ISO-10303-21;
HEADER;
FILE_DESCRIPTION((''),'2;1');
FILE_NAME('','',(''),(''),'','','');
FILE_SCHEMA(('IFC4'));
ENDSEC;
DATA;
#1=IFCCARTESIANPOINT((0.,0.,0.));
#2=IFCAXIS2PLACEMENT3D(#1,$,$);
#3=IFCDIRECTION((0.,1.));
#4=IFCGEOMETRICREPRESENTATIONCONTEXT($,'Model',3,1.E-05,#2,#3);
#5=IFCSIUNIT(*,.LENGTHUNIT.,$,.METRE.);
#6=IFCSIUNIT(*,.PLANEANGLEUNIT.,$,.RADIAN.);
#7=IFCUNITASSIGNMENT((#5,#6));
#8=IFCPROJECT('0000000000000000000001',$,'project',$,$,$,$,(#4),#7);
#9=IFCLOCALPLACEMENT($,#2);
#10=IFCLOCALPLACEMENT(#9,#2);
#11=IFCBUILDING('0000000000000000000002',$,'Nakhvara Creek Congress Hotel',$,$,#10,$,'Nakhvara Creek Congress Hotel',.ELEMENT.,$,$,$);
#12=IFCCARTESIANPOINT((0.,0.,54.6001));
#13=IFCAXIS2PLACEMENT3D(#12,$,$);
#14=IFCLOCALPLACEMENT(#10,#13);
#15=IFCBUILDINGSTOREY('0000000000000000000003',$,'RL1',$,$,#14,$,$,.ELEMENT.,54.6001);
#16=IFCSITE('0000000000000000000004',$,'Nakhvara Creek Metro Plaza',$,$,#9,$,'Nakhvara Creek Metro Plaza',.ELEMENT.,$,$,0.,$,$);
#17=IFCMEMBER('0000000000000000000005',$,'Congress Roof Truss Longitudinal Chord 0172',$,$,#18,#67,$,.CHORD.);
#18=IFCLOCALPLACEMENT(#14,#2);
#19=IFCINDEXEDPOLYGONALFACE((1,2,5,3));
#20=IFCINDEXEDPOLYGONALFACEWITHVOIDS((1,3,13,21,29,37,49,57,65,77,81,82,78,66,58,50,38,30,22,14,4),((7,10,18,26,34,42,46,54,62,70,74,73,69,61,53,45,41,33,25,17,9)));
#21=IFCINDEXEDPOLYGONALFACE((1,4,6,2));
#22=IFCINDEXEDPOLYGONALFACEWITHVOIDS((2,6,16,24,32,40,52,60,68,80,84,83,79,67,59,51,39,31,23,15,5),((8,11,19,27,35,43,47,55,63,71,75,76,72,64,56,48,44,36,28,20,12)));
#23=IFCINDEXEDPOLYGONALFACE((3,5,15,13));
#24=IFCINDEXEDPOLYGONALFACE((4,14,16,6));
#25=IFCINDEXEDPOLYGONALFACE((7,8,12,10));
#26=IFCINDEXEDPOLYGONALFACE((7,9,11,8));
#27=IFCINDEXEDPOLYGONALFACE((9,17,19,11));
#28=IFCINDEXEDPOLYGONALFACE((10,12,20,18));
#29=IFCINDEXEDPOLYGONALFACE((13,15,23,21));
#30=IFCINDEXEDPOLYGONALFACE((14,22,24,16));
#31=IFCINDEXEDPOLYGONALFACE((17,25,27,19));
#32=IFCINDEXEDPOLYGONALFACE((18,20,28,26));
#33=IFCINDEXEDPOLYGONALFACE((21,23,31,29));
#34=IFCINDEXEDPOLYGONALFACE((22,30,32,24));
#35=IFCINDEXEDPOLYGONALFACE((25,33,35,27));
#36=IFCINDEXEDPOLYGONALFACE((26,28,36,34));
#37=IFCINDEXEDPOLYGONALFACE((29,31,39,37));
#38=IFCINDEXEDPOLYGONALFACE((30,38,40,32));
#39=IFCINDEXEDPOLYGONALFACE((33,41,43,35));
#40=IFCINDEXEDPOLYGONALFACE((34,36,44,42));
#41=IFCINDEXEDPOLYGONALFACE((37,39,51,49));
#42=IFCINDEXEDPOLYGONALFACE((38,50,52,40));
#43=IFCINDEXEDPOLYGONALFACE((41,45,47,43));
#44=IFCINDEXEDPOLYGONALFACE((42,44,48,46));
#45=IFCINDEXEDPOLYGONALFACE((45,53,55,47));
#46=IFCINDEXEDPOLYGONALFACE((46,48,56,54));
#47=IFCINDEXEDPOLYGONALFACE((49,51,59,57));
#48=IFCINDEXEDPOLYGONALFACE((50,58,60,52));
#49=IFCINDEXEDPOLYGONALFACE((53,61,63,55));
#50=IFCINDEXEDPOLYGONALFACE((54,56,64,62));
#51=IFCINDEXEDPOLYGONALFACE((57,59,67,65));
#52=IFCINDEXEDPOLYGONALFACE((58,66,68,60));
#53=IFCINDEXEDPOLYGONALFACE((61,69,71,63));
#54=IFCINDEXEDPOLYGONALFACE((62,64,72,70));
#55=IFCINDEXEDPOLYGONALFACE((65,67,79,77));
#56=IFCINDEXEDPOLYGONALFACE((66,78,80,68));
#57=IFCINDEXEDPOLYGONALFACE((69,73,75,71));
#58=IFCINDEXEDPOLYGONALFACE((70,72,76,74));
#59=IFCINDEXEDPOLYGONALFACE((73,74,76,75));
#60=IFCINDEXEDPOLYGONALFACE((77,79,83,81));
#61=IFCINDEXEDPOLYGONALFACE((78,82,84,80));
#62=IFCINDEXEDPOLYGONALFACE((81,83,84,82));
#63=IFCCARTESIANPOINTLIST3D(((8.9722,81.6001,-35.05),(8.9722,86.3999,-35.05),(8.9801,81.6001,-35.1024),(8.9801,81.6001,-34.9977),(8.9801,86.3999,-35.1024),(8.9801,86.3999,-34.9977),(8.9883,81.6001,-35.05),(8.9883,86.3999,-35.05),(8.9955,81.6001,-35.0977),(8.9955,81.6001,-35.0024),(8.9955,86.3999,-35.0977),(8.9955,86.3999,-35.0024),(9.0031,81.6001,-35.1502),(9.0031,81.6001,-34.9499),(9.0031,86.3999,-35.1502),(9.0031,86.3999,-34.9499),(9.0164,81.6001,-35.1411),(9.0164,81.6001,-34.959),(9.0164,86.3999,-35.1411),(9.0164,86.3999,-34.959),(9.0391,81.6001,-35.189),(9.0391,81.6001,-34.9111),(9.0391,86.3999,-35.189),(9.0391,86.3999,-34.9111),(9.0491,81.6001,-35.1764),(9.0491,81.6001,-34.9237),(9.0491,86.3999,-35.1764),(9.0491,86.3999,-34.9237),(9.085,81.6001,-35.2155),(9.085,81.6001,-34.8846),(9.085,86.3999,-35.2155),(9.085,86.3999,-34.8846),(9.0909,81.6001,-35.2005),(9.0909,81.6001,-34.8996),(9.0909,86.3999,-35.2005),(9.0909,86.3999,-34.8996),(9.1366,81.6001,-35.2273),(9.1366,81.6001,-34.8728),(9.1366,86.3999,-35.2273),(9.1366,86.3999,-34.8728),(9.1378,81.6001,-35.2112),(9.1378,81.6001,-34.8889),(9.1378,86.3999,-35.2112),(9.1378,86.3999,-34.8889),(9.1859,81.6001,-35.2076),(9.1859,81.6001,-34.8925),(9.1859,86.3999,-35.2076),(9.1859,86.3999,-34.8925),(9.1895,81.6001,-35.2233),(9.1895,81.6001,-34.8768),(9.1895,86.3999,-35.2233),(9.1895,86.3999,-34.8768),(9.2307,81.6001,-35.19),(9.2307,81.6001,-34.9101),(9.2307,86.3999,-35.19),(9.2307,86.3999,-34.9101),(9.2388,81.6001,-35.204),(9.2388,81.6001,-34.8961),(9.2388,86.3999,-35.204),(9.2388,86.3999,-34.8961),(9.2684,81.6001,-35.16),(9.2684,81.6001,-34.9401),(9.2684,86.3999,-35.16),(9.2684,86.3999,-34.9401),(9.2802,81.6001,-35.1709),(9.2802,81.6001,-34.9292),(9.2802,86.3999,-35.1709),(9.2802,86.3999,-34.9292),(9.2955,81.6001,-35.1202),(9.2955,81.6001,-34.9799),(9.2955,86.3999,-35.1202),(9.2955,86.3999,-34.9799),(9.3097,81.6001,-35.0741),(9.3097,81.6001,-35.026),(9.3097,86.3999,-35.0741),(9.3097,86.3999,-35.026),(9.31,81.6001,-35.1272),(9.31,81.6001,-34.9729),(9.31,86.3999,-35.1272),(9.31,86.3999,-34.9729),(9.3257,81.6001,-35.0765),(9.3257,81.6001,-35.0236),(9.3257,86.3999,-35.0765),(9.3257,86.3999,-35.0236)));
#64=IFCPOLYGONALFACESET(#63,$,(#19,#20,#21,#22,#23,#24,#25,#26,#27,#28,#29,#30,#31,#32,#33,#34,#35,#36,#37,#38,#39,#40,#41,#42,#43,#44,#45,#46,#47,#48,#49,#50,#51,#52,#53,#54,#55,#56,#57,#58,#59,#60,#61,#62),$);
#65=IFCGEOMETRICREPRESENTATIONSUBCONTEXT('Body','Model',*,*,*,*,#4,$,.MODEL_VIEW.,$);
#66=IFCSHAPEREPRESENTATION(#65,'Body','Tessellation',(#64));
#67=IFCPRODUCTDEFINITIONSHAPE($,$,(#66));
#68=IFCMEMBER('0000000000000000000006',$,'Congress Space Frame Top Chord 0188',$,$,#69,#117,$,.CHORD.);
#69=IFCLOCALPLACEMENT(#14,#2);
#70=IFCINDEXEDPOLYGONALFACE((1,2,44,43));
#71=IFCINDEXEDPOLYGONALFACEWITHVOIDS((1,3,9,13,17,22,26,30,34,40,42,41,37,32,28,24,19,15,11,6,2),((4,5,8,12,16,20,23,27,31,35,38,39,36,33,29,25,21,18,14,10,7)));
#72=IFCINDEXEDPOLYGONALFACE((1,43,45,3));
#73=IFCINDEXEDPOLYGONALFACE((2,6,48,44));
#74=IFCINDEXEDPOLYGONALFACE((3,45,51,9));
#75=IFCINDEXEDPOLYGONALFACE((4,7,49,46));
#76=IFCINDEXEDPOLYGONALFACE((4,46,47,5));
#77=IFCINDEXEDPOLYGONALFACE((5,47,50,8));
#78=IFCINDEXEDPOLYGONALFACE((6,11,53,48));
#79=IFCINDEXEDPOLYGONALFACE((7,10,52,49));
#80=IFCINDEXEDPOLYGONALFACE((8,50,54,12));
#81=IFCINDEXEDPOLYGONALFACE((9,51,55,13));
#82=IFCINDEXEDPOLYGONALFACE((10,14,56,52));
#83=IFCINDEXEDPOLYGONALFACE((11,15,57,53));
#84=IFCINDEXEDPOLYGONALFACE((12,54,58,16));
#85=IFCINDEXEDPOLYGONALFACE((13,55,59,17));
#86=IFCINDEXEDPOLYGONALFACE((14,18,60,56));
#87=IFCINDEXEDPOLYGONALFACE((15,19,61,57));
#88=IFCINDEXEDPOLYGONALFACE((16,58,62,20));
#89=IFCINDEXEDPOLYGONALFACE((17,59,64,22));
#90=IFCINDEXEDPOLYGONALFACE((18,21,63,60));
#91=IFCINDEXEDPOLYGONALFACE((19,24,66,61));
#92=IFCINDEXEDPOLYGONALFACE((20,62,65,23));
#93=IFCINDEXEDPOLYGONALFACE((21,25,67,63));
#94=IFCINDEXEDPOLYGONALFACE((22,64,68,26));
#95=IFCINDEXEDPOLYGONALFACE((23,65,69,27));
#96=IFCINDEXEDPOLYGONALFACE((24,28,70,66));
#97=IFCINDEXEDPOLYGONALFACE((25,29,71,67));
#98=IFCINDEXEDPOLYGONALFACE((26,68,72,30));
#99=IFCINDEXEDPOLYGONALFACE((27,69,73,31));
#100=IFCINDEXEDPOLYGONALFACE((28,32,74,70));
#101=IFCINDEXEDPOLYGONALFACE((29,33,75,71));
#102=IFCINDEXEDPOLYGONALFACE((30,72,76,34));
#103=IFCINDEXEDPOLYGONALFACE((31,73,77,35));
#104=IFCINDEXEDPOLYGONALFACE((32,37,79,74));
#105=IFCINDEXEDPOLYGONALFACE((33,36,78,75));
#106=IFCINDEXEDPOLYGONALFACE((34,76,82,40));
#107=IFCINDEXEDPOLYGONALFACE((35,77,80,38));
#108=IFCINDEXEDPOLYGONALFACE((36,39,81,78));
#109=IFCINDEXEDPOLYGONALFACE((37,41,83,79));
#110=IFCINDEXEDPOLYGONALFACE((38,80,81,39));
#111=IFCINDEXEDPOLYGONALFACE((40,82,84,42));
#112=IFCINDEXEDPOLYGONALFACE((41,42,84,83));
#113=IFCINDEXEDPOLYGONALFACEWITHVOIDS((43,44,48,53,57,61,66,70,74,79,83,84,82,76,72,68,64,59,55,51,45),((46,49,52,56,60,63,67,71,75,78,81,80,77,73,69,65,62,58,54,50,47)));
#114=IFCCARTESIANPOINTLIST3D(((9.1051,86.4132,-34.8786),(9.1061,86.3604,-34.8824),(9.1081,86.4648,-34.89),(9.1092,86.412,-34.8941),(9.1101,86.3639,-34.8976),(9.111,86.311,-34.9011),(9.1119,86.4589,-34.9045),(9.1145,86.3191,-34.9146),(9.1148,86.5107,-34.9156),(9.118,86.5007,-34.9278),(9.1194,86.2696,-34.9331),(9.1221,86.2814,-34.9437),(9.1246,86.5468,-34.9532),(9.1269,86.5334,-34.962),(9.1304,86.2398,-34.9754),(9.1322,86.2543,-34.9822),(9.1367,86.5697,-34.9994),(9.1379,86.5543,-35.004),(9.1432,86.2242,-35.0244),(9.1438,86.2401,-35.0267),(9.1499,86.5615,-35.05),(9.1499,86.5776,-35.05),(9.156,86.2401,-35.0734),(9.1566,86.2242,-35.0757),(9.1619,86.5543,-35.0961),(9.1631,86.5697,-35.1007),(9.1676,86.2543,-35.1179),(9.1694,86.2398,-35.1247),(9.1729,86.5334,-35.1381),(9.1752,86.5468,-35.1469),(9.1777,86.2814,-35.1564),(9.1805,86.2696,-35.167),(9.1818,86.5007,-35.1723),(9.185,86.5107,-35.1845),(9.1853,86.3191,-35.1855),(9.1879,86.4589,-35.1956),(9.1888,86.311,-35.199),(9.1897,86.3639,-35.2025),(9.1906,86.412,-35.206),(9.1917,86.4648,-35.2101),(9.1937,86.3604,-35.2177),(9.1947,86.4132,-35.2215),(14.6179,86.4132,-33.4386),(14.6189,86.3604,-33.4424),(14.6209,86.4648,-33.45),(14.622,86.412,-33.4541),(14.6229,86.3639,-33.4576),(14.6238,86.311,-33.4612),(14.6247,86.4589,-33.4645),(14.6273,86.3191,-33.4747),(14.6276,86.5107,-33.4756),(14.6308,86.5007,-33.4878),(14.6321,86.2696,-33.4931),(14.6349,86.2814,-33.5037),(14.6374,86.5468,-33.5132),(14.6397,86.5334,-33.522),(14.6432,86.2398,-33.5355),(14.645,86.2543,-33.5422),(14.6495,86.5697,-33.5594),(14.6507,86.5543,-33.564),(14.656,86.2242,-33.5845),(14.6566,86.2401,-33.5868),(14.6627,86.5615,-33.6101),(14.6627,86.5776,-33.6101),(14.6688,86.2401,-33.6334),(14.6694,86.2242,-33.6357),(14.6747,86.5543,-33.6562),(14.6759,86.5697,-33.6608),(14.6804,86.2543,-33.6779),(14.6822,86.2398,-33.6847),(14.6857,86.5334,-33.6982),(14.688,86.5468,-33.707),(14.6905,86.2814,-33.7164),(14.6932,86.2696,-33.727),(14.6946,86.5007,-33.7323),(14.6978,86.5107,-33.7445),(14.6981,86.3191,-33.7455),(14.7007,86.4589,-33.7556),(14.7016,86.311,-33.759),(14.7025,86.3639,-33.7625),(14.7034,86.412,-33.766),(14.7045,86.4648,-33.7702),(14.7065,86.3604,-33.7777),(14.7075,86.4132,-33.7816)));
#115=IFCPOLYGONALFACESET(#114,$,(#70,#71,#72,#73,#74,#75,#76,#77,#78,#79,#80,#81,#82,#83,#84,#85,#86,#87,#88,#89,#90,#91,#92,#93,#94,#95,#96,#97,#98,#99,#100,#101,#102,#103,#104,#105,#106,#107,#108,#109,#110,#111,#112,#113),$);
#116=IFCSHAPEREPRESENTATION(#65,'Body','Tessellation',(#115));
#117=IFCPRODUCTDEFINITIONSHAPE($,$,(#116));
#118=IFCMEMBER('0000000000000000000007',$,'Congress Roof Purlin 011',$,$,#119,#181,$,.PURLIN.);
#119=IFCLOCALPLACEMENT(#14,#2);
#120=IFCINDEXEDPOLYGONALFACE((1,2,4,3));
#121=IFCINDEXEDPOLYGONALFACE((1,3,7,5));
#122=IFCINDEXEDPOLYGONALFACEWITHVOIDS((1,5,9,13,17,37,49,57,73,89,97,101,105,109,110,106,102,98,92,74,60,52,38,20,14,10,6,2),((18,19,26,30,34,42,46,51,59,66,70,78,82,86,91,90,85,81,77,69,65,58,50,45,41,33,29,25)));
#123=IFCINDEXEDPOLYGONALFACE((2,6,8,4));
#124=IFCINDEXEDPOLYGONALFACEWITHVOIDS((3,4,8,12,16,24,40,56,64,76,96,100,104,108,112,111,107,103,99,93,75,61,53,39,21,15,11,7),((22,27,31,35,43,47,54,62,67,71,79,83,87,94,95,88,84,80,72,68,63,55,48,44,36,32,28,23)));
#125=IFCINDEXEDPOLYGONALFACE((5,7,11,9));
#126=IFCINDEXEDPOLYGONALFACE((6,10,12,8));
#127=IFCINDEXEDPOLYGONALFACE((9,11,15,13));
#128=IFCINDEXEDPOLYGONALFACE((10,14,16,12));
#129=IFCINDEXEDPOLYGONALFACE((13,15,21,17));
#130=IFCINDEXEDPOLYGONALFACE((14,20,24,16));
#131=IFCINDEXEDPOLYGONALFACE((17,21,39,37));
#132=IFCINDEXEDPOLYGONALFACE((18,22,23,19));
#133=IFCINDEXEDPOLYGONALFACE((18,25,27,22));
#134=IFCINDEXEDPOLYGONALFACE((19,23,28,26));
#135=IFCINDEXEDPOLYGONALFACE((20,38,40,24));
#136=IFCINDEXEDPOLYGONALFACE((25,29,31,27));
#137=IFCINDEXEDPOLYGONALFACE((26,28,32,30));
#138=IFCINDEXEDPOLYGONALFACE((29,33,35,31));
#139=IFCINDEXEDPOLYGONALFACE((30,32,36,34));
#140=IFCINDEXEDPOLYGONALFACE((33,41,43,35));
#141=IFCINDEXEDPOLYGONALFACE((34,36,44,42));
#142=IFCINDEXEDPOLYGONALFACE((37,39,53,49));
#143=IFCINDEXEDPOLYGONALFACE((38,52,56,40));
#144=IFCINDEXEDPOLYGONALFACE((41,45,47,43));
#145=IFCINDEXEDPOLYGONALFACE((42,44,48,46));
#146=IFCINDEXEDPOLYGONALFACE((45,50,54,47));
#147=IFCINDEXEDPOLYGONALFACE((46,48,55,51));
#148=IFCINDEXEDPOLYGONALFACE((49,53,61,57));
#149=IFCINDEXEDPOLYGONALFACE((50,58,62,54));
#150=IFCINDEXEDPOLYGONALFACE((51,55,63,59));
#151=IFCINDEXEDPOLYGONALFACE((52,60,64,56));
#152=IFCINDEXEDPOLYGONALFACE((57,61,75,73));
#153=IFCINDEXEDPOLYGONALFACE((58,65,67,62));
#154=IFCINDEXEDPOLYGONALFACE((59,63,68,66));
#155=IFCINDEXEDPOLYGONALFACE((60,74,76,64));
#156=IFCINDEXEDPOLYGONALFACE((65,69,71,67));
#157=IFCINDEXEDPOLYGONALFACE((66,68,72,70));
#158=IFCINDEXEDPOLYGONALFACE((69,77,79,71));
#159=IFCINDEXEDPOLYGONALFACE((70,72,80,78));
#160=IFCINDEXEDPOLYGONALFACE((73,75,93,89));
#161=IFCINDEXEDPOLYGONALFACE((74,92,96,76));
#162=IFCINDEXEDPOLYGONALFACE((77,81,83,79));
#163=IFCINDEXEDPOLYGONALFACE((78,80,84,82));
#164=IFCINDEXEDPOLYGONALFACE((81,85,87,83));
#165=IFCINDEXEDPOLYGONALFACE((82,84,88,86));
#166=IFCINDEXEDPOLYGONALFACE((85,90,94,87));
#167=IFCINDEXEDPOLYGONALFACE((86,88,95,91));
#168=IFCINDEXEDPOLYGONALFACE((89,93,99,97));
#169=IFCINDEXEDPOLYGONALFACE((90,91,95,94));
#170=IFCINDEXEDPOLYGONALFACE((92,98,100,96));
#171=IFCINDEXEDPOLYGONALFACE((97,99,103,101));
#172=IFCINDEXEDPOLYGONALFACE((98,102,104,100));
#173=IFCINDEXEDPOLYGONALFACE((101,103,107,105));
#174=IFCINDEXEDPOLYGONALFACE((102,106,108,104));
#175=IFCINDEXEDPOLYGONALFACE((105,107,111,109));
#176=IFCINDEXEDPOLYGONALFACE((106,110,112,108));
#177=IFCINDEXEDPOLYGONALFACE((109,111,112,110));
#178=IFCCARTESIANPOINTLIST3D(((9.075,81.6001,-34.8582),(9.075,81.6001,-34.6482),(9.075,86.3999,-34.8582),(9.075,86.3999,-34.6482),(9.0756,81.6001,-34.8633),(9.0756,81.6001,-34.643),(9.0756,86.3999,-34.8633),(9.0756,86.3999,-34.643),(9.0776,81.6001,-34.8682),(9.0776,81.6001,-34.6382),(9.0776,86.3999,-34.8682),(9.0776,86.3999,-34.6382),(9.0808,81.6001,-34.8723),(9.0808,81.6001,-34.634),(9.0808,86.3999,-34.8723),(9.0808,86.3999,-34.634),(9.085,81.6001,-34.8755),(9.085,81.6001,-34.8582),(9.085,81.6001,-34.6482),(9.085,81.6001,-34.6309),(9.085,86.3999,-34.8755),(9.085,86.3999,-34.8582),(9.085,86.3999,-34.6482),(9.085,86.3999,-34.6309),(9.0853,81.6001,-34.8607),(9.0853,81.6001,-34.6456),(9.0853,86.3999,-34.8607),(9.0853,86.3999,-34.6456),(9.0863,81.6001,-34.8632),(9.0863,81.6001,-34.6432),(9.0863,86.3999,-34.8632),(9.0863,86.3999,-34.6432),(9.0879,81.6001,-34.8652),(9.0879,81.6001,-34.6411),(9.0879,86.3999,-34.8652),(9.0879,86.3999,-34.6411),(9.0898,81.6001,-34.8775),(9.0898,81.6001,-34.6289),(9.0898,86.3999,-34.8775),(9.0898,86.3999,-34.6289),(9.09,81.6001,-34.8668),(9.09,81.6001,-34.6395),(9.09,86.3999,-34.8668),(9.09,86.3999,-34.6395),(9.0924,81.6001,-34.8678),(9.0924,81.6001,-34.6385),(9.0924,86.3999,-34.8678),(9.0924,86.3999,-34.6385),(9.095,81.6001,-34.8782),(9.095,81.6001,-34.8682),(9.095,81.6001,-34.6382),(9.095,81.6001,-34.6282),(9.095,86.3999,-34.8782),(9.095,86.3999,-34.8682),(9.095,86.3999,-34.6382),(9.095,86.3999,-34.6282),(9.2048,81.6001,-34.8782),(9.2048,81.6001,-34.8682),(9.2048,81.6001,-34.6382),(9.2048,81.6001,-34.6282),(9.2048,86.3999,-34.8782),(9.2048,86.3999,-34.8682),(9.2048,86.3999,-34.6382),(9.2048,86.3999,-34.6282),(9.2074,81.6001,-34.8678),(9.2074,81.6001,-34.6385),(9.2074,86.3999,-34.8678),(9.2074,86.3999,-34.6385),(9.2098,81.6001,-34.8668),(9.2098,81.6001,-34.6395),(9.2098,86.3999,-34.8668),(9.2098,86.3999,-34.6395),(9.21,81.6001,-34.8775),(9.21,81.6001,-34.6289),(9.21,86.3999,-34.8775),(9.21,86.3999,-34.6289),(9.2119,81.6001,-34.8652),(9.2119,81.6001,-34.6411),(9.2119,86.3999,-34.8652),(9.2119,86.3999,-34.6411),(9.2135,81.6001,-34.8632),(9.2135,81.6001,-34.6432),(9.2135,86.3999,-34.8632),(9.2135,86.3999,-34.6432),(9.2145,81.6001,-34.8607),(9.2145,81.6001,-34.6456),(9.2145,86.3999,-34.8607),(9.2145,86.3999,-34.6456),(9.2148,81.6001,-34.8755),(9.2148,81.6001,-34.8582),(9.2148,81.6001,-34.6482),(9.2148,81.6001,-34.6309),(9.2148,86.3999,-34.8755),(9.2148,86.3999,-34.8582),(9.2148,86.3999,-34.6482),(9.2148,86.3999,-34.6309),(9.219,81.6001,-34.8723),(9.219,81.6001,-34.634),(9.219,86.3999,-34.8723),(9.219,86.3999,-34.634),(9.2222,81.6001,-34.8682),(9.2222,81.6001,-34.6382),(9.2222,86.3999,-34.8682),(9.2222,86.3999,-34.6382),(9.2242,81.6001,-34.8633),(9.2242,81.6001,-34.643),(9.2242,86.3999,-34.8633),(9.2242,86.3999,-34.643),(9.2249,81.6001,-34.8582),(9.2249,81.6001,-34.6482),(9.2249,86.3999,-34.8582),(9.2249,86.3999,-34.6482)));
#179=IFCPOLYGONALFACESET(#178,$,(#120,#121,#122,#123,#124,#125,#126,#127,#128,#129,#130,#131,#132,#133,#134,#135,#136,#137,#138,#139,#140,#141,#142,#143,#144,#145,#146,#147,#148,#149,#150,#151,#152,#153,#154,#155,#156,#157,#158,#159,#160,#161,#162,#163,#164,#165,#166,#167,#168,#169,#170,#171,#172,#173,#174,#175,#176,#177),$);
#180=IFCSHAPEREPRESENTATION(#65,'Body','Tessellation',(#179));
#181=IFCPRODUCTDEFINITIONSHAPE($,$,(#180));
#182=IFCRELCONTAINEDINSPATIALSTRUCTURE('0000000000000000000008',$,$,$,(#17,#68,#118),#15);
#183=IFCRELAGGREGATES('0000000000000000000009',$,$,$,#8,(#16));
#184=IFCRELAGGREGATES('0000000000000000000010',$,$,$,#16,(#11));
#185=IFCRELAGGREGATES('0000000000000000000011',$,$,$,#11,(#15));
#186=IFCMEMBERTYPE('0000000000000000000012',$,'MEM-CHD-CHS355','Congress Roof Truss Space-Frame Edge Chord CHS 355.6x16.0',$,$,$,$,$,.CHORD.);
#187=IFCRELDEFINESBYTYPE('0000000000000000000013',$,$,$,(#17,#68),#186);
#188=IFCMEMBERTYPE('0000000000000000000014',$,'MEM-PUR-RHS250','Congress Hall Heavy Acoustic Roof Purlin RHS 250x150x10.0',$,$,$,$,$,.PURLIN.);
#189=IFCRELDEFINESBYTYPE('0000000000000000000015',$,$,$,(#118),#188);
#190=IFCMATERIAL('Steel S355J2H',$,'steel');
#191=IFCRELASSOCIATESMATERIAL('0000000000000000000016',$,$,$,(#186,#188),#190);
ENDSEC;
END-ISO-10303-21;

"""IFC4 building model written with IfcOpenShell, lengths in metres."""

from ifc_helpers import new_model, si_unit, direction, frame, origin, origin_2d, place, context, subcontext, project, spatial, hollow_rectangle, hollow_circle, extrude, material, material_profile, profile_set, type_object, element, save


model = new_model("IFC4")

# Units and contexts
model_context = context("Model", 3, precision=1e-05, world=origin(), true_north=direction((0.0, 1.0)))
body_context = subcontext(model_context, "Body", "Model", "MODEL_VIEW")
ifc_project = project(units=[si_unit("LENGTHUNIT", "METRE"), si_unit("PLANEANGLEUNIT", "RADIAN")], contexts=[model_context])

# Site, building, storey
site_placement = place(None, origin())
site = spatial("IfcSite", under=ifc_project, at=site_placement, Name="Nakhvara Creek Metro Plaza", LongName="Nakhvara Creek Metro Plaza", CompositionType="ELEMENT", RefElevation=0.0)
building_placement = place(site_placement, origin())
building = spatial("IfcBuilding", under=site, at=building_placement, Name="Nakhvara Creek Congress Hotel", LongName="Nakhvara Creek Congress Hotel", CompositionType="ELEMENT")
storey_placement = place(building_placement, frame((0.0, 0.0, 54.6001)))
storey = spatial("IfcBuildingStorey", under=building, at=storey_placement, Name="RL1", CompositionType="ELEMENT", Elevation=54.6001)

# Members
ifc_material_1 = material(Name="Steel S355J2H", Category="steel")
ifc_material_profile_1 = material_profile(ifc_material_1, hollow_circle(Radius=0.1777, WallThickness=0.0161, at=origin_2d()), Name="CHS 355.6x16.0", Category="LoadBearing")
ifc_profile_set_1 = profile_set([ifc_material_profile_1], Name="Steel S355J2H")
member_type_1 = type_object("IfcMemberType", Name="MEM-CHD-CHS355", Description="Congress Roof Truss Space-Frame Edge Chord CHS 355.6x16.0", PredefinedType="CHORD", material=ifc_profile_set_1)
member_1_placement = place(storey_placement, frame((9.1499, 81.6001, -35.05), z_axis=(0.0, 1.0, 0.0), x_axis=(-1.0, 0.0, 0.0)))
element("IfcMember", 1, at=member_1_placement, inside=storey, type_object=member_type_1, Name="Congress Roof Truss Longitudinal Chord 0172", PredefinedType="CHORD", context=body_context, shape_type="SweptSolid", body=[
    extrude(hollow_circle(Radius=0.1777, WallThickness=0.0161, at=origin_2d()), origin(), (0.0, 0.0, 1.0), 4.7998),
])
member_2_placement = place(storey_placement, frame((9.1499, 86.3999, -35.05), z_axis=(0.967538, 0.0, 0.252725), x_axis=(0.0, 1.0, 0.0)))
element("IfcMember", 2, at=member_2_placement, inside=storey, type_object=member_type_1, Name="Congress Space Frame Top Chord 0188", PredefinedType="CHORD", context=body_context, shape_type="SweptSolid", body=[
    extrude(hollow_circle(Radius=0.1777, WallThickness=0.0161, at=origin_2d()), origin(), (0.0, 0.0, 1.0), 5.6978),
])
ifc_material_profile_2 = material_profile(ifc_material_1, hollow_rectangle(XDim=0.1499, YDim=0.25, WallThickness=0.01, InnerFilletRadius=0.01, OuterFilletRadius=0.02, at=origin_2d()), Name="RHS 250x150x10.0", Category="LoadBearing")
ifc_profile_set_2 = profile_set([ifc_material_profile_2], Name="Steel S355J2H")
member_type_2 = type_object("IfcMemberType", Name="MEM-PUR-RHS250", Description="Congress Hall Heavy Acoustic Roof Purlin RHS 250x150x10.0", PredefinedType="PURLIN", material=ifc_profile_set_2)
member_3_placement = place(storey_placement, frame((9.1499, 81.6001, -34.7532), z_axis=(0.0, 1.0, 0.0), x_axis=(-1.0, 0.0, 0.0)))
element("IfcMember", 3, at=member_3_placement, inside=storey, type_object=member_type_2, Name="Congress Roof Purlin 011", PredefinedType="PURLIN", context=body_context, shape_type="SweptSolid", body=[
    extrude(hollow_rectangle(XDim=0.1499, YDim=0.25, WallThickness=0.01, InnerFilletRadius=0.01, OuterFilletRadius=0.02, at=origin_2d()), origin(), (0.0, 0.0, 1.0), 4.7998),
])

save(model, "model.ifc")
